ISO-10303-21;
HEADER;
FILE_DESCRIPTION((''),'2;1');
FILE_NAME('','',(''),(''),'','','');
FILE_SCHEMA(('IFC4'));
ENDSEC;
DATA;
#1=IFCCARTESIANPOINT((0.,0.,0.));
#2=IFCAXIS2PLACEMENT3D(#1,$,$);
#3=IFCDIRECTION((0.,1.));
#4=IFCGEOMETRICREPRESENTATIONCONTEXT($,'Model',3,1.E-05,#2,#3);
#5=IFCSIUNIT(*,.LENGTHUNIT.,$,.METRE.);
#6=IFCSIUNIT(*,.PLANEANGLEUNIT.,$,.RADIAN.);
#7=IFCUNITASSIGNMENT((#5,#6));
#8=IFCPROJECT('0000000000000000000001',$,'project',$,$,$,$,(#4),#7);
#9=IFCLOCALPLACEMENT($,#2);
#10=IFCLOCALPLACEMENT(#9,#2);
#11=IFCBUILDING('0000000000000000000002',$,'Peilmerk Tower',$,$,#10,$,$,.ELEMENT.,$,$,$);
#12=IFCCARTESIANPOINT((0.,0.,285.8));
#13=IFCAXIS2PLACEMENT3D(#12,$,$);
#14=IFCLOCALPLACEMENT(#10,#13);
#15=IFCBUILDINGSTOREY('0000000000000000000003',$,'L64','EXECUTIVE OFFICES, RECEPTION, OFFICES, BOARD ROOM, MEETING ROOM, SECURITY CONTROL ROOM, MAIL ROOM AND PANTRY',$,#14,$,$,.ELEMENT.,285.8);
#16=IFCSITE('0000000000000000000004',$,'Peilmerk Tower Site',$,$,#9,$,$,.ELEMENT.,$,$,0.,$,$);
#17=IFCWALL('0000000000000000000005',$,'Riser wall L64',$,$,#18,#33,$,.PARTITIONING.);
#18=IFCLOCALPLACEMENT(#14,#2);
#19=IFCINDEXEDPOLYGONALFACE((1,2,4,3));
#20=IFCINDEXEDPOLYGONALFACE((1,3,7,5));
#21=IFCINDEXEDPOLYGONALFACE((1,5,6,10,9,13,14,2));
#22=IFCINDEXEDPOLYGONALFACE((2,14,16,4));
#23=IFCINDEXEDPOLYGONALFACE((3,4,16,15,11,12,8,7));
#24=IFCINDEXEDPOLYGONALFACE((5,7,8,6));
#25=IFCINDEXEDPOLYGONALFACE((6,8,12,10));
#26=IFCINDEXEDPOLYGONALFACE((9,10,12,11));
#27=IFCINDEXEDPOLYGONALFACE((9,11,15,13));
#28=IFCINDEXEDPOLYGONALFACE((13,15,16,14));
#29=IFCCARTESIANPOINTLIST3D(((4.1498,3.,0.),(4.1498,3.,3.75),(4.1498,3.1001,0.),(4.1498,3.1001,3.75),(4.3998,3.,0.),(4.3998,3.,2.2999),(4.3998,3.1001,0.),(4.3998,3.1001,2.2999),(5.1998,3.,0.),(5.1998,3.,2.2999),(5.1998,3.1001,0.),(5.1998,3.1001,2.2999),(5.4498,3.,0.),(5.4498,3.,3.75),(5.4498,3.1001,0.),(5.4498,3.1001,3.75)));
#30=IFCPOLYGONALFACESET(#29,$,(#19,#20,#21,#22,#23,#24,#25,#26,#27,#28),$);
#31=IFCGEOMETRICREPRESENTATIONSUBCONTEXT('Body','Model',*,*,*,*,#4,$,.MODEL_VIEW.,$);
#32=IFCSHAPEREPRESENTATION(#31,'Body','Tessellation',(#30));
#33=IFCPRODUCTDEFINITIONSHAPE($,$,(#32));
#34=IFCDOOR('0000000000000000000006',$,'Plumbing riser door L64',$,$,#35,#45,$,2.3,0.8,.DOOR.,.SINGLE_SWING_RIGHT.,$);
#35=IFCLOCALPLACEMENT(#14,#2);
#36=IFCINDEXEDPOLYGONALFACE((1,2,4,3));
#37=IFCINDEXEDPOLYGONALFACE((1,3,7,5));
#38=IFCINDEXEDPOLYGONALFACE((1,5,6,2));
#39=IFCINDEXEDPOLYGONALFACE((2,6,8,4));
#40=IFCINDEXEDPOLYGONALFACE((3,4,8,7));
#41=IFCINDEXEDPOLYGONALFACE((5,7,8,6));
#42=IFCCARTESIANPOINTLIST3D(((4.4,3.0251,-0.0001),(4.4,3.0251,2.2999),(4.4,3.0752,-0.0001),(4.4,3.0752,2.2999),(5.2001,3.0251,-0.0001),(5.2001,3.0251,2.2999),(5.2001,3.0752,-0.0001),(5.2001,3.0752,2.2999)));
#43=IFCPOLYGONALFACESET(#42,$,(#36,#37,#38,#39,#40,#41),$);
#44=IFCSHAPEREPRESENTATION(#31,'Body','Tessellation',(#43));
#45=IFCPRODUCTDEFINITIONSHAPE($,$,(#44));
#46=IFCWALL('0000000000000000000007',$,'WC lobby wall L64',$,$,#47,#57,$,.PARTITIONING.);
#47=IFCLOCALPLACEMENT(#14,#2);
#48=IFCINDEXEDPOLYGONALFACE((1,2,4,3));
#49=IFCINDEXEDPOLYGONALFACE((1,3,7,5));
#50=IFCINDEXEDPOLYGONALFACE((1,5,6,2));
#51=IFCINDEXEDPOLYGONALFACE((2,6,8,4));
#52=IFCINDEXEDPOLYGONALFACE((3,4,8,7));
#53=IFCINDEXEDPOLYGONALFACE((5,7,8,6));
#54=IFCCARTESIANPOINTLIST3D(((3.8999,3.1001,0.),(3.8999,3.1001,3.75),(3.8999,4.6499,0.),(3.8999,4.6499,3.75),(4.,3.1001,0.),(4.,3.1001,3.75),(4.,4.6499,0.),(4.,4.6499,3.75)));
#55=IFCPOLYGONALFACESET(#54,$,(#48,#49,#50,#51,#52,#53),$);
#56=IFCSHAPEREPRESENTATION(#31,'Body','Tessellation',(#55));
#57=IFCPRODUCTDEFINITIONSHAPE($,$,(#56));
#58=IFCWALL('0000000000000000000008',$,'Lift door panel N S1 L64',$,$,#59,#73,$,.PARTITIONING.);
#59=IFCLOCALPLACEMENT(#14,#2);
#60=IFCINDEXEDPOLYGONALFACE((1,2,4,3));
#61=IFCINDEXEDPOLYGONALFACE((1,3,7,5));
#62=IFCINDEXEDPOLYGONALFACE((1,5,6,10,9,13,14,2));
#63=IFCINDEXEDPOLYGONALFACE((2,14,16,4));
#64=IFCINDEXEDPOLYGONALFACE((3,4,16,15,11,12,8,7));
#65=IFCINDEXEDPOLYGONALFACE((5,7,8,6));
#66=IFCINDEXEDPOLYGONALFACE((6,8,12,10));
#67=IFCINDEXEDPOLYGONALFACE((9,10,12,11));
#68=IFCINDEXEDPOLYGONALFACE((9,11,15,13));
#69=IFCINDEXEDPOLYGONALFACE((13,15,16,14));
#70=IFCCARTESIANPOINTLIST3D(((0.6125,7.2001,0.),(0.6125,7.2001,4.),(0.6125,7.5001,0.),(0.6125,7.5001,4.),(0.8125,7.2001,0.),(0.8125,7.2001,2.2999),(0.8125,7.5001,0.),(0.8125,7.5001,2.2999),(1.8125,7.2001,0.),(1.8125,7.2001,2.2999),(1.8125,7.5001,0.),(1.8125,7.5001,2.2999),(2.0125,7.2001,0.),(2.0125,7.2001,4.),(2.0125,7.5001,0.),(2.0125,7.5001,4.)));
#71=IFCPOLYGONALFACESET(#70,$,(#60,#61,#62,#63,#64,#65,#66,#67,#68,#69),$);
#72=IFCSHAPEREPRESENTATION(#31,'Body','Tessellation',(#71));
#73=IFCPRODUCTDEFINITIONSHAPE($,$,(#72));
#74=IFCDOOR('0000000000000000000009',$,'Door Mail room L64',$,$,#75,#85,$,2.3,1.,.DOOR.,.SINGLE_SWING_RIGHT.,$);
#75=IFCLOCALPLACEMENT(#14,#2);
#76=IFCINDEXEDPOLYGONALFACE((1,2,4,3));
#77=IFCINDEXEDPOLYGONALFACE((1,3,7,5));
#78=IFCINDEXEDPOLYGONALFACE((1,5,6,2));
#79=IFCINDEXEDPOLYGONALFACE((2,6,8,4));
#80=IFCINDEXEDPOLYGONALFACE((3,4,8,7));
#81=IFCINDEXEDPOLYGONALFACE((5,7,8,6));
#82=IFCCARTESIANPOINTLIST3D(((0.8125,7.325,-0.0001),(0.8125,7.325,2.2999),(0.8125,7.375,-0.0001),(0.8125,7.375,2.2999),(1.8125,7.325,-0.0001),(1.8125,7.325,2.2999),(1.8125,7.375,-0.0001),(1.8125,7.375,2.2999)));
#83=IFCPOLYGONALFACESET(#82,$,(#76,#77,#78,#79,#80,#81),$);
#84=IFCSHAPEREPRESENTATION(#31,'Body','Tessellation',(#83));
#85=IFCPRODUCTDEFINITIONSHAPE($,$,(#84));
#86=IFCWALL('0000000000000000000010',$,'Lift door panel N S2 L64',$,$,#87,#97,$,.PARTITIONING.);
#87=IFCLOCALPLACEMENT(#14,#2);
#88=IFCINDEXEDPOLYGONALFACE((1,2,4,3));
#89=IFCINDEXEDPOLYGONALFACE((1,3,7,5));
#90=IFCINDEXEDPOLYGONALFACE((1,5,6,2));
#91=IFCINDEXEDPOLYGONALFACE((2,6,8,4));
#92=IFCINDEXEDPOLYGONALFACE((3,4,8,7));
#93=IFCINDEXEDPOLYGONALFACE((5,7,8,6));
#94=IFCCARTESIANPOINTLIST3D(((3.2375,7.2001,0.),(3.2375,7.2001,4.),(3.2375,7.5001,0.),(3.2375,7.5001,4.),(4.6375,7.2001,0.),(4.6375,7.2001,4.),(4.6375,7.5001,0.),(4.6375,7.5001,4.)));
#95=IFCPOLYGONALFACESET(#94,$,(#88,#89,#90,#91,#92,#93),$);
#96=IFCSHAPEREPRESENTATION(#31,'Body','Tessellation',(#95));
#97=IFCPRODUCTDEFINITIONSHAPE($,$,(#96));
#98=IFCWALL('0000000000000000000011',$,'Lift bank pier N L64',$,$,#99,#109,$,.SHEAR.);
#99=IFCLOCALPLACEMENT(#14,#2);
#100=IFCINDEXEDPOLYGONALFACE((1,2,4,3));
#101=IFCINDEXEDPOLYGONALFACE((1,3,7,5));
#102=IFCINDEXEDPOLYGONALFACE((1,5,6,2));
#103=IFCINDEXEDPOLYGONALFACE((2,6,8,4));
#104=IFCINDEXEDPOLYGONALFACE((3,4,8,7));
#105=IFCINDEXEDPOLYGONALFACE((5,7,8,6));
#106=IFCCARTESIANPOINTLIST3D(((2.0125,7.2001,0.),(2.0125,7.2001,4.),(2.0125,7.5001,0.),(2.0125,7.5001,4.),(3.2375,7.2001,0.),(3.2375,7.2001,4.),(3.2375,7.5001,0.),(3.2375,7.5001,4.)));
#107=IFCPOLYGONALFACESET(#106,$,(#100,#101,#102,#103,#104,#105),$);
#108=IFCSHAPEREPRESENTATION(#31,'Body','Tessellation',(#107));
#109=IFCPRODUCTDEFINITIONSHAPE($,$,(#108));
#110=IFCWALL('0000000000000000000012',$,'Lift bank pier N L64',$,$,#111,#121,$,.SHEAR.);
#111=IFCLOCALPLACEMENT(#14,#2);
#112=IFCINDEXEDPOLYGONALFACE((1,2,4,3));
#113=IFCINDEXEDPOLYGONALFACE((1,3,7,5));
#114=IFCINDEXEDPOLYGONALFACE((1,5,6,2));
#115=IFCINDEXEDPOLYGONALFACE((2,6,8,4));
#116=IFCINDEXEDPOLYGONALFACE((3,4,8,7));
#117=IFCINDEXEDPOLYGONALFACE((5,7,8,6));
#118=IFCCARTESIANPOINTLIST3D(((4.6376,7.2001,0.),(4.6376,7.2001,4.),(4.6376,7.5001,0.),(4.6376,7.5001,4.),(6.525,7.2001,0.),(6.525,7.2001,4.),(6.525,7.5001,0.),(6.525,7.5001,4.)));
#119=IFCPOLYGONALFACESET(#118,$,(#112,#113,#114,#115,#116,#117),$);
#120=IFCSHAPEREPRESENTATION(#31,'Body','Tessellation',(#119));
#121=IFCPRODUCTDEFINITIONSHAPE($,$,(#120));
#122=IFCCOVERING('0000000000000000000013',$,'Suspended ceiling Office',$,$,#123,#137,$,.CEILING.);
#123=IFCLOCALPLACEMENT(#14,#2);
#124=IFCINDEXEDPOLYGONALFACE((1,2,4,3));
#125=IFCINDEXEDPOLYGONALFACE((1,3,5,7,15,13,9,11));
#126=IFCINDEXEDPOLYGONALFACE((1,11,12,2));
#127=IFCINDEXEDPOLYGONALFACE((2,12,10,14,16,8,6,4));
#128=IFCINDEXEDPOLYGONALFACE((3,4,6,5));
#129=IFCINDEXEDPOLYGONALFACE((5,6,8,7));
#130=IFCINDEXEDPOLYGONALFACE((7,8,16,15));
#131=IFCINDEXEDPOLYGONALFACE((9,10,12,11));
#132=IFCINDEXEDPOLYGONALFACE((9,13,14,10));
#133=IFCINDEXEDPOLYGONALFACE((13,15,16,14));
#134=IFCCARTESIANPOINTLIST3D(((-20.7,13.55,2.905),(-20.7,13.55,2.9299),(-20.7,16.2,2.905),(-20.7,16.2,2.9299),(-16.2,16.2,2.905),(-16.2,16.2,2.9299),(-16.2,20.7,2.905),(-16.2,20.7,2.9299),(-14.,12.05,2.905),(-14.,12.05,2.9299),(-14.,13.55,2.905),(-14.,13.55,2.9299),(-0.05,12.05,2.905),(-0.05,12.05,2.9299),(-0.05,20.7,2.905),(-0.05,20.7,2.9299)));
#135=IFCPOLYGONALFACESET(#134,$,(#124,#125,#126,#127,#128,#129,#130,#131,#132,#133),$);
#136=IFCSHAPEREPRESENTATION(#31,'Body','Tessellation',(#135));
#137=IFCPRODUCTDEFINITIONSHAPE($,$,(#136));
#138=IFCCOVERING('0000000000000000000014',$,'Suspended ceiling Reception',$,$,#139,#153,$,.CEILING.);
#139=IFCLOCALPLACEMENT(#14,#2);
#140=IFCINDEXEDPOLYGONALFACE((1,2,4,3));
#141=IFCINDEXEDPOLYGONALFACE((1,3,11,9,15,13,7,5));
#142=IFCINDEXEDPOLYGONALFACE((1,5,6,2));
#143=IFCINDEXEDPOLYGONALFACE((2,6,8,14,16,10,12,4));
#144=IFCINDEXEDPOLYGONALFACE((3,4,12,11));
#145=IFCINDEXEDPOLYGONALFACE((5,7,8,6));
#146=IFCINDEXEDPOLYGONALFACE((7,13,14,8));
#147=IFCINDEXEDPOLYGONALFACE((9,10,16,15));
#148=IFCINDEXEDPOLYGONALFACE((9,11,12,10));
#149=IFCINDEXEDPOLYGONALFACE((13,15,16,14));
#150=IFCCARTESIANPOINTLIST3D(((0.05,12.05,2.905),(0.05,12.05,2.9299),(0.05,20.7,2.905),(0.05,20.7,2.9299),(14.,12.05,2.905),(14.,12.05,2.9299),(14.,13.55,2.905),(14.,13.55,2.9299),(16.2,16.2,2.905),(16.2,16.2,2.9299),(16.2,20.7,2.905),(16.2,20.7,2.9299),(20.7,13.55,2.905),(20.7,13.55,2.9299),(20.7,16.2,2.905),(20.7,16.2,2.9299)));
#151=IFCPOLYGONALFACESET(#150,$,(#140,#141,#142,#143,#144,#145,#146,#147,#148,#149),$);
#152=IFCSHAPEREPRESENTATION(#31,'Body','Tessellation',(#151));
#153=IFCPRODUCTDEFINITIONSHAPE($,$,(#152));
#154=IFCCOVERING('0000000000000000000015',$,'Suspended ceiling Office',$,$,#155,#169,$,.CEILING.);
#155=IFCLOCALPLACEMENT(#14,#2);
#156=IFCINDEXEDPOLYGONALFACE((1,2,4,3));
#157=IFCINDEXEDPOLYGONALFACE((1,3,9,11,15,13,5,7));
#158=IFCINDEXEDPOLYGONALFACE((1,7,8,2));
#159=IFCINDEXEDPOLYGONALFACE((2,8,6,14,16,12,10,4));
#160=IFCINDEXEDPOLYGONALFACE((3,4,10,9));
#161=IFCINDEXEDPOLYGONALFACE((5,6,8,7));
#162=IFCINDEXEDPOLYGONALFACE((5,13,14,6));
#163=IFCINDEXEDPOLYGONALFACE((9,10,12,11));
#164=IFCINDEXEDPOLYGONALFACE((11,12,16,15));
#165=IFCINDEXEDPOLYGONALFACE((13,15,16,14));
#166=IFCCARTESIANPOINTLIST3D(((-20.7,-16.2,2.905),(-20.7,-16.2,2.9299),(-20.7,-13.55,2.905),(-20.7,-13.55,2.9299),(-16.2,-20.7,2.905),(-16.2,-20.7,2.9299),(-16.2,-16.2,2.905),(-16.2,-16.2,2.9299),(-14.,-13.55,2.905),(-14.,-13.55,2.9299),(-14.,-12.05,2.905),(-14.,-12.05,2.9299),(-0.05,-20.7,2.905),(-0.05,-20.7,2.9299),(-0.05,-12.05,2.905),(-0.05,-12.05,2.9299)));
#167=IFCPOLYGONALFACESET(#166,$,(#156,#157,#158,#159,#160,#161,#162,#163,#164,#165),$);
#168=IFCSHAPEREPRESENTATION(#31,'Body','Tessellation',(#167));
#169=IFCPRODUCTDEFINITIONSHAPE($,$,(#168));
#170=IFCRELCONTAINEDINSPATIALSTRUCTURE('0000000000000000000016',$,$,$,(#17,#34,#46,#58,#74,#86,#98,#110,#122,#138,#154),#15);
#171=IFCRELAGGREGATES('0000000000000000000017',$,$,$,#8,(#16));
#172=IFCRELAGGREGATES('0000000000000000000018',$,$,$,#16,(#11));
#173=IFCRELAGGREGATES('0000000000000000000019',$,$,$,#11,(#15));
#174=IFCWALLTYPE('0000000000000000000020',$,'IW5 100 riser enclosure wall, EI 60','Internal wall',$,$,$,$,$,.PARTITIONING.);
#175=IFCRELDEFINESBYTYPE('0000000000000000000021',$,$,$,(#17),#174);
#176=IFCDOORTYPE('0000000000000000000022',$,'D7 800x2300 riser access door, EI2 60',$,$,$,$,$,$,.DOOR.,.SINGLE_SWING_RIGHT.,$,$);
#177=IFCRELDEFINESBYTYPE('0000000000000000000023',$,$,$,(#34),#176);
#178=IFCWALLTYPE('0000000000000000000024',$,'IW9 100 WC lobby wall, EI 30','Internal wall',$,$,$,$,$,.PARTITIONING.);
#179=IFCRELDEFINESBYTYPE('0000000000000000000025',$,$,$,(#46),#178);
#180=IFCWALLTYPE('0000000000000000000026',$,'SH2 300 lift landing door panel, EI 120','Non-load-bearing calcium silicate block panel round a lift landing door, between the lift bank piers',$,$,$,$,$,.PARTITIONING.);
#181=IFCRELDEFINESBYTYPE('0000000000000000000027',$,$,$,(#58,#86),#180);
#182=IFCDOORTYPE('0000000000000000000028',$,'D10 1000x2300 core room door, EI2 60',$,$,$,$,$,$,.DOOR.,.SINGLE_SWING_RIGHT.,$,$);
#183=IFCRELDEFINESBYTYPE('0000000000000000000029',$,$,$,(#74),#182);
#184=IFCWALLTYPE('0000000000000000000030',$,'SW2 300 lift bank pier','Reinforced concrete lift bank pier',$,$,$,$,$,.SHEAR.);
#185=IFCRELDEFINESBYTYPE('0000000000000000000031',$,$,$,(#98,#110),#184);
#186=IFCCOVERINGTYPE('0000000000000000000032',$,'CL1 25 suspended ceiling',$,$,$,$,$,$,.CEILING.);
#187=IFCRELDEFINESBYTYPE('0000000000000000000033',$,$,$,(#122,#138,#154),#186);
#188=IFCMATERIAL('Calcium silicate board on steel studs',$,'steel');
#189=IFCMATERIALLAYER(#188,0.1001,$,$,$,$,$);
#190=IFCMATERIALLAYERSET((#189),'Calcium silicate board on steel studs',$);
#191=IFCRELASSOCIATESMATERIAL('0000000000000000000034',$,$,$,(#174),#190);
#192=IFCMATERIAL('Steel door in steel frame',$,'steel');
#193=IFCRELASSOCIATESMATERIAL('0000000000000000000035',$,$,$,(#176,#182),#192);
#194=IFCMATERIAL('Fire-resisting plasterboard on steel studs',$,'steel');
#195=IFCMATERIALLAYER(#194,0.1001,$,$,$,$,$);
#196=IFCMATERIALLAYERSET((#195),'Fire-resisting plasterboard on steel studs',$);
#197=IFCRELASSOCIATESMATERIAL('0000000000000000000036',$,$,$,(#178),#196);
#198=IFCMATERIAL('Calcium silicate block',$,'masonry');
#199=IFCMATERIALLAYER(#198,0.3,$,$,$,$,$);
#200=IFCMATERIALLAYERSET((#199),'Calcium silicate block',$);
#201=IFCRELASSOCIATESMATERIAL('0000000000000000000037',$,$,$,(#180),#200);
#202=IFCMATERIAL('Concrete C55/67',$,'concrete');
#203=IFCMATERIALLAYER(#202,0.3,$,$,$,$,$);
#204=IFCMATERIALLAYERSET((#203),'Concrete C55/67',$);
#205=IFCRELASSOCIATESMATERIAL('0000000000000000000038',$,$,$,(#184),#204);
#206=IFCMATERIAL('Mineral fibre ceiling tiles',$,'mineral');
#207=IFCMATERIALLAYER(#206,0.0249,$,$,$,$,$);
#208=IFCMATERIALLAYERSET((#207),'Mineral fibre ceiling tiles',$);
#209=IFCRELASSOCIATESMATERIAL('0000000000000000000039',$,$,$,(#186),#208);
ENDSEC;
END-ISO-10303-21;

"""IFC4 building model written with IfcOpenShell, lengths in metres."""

from ifc_helpers import new_model, si_unit, direction, frame, frame_2d, origin, place, context, subcontext, project, spatial, polyline, rectangle, outline, extrude, material, layer, layer_set, type_object, element, fill, save


model = new_model("IFC4")

# Units and contexts
model_context = context("Model", 3, precision=1e-05, world=origin(), true_north=direction((0.0, 1.0)))
body_context = subcontext(model_context, "Body", "Model", "MODEL_VIEW")
ifc_project = project(units=[si_unit("LENGTHUNIT", "METRE"), si_unit("PLANEANGLEUNIT", "RADIAN")], contexts=[model_context])

# Site, building, storey
site_placement = place(None, origin())
site = spatial("IfcSite", under=ifc_project, at=site_placement, Name="Peilmerk Tower Site", CompositionType="ELEMENT", RefElevation=0.0)
building_placement = place(site_placement, origin())
building = spatial("IfcBuilding", under=site, at=building_placement, Name="Peilmerk Tower", CompositionType="ELEMENT")
storey_placement = place(building_placement, frame((0.0, 0.0, 285.8)))
storey = spatial("IfcBuildingStorey", under=building, at=storey_placement, Name="L64", Description="EXECUTIVE OFFICES, RECEPTION, OFFICES, BOARD ROOM, MEETING ROOM, SECURITY CONTROL ROOM, MAIL ROOM AND PANTRY", CompositionType="ELEMENT", Elevation=285.8)

# Wall, opening, door
ifc_material_1 = material(Name="Calcium silicate board on steel studs", Category="steel")
ifc_layer_1 = layer(ifc_material_1, 0.1001)
ifc_layer_set_1 = layer_set([ifc_layer_1], Name="Calcium silicate board on steel studs")
wall_type_1 = type_object("IfcWallType", Name="IW5 100 riser enclosure wall, EI 60", Description="Internal wall", PredefinedType="PARTITIONING", material=ifc_layer_set_1)
wall_1_placement = place(storey_placement, frame((4.1499, 3.05, 0.0), z_axis=(0.0, 0.0, 1.0), x_axis=(1.0, 0.0, 0.0)))
wall_1 = element("IfcWall", 1, at=wall_1_placement, inside=storey, type_object=wall_type_1, Name="Riser wall L64", PredefinedType="PARTITIONING", context=body_context, shape_type="SweptSolid", body=[
    extrude(rectangle(XDim=1.3, YDim=0.1001, at=frame_2d((0.6499, 0.0))), origin(), (0.0, 0.0, 1.0), 3.75),
])
opening_1_placement = place(wall_1_placement, frame((0.25, 0.0, 0.0)))
opening_1 = element("IfcOpeningElement", 2, at=opening_1_placement, cuts=wall_1, PredefinedType="OPENING", context=body_context, shape_type="SweptSolid", body=[
    extrude(rectangle(XDim=0.8, YDim=2.3, at=frame_2d((0.3999, 1.1499))), frame((0.0, 0.0601, 0.0), z_axis=(0.0, -1.0, 0.0), x_axis=(1.0, 0.0, 0.0)), (0.0, 0.0, 1.0), 0.1201),
])
ifc_material_2 = material(Name="Steel door in steel frame", Category="steel")
door_type_1 = type_object("IfcDoorType", Name="D7 800x2300 riser access door, EI2 60", OperationType="SINGLE_SWING_RIGHT", PredefinedType="DOOR", material=ifc_material_2)
door_1_placement = place(opening_1_placement, frame((0.8, 0.0, 0.0), z_axis=(0.0, 0.0, 1.0), x_axis=(-1.0, 0.0, 0.0)))
door_1 = element("IfcDoor", 3, at=door_1_placement, inside=storey, type_object=door_type_1, Name="Plumbing riser door L64", OperationType="SINGLE_SWING_RIGHT", OverallHeight=2.3, OverallWidth=0.8, PredefinedType="DOOR", context=body_context, shape_type="SweptSolid", body=[
    extrude(rectangle(XDim=0.8, YDim=2.3, at=frame_2d((0.3999, 1.1499))), frame((0.0, 0.0249, 0.0), z_axis=(0.0, -1.0, 0.0), x_axis=(1.0, 0.0, 0.0)), (0.0, 0.0, 1.0), 0.05),
])
fill(opening_1, door_1)

# Wall
ifc_material_3 = material(Name="Fire-resisting plasterboard on steel studs", Category="steel")
ifc_layer_2 = layer(ifc_material_3, 0.1001)
ifc_layer_set_2 = layer_set([ifc_layer_2], Name="Fire-resisting plasterboard on steel studs")
wall_type_2 = type_object("IfcWallType", Name="IW9 100 WC lobby wall, EI 30", Description="Internal wall", PredefinedType="PARTITIONING", material=ifc_layer_set_2)
wall_2_placement = place(storey_placement, frame((3.95, 3.1001, 0.0), z_axis=(0.0, 0.0, 1.0), x_axis=(0.0, 1.0, 0.0)))
element("IfcWall", 4, at=wall_2_placement, inside=storey, type_object=wall_type_2, Name="WC lobby wall L64", PredefinedType="PARTITIONING", context=body_context, shape_type="SweptSolid", body=[
    extrude(rectangle(XDim=1.5498, YDim=0.1001, at=frame_2d((0.7749, 0.0))), origin(), (0.0, 0.0, 1.0), 3.75),
])

# Wall, opening, door
ifc_material_4 = material(Name="Calcium silicate block", Category="masonry")
ifc_layer_3 = layer(ifc_material_4, 0.3)
ifc_layer_set_3 = layer_set([ifc_layer_3], Name="Calcium silicate block")
wall_type_3 = type_object("IfcWallType", Name="SH2 300 lift landing door panel, EI 120", Description="Non-load-bearing calcium silicate block panel round a lift landing door, between the lift bank piers", PredefinedType="PARTITIONING", material=ifc_layer_set_3)
wall_3_placement = place(storey_placement, frame((0.6125, 7.3501, 0.0), z_axis=(0.0, 0.0, 1.0), x_axis=(1.0, 0.0, 0.0)))
wall_3 = element("IfcWall", 5, at=wall_3_placement, inside=storey, type_object=wall_type_3, Name="Lift door panel N S1 L64", PredefinedType="PARTITIONING", context=body_context, shape_type="SweptSolid", body=[
    extrude(rectangle(XDim=1.3999, YDim=0.3, at=frame_2d((0.7, 0.0))), origin(), (0.0, 0.0, 1.0), 4.0),
])
opening_2_placement = place(wall_3_placement, frame((0.2, 0.0, 0.0)))
opening_2 = element("IfcOpeningElement", 6, at=opening_2_placement, cuts=wall_3, PredefinedType="OPENING", context=body_context, shape_type="SweptSolid", body=[
    extrude(rectangle(XDim=1.0, YDim=2.3, at=frame_2d((0.5, 1.1499))), frame((0.0, 0.1599, 0.0), z_axis=(0.0, -1.0, 0.0), x_axis=(1.0, 0.0, 0.0)), (0.0, 0.0, 1.0), 0.3201),
])
door_type_2 = type_object("IfcDoorType", Name="D10 1000x2300 core room door, EI2 60", OperationType="SINGLE_SWING_RIGHT", PredefinedType="DOOR", material=ifc_material_2)
door_2_placement = place(opening_2_placement, origin())
door_2 = element("IfcDoor", 7, at=door_2_placement, inside=storey, type_object=door_type_2, Name="Door Mail room L64", OperationType="SINGLE_SWING_RIGHT", OverallHeight=2.3, OverallWidth=1.0, PredefinedType="DOOR", context=body_context, shape_type="SweptSolid", body=[
    extrude(rectangle(XDim=1.0, YDim=2.3, at=frame_2d((0.5, 1.1499))), frame((0.0, 0.0249, 0.0), z_axis=(0.0, -1.0, 0.0), x_axis=(1.0, 0.0, 0.0)), (0.0, 0.0, 1.0), 0.05),
])
fill(opening_2, door_2)

# Walls
wall_4_placement = place(storey_placement, frame((3.2375, 7.3501, 0.0), z_axis=(0.0, 0.0, 1.0), x_axis=(1.0, 0.0, 0.0)))
element("IfcWall", 8, at=wall_4_placement, inside=storey, type_object=wall_type_3, Name="Lift door panel N S2 L64", PredefinedType="PARTITIONING", context=body_context, shape_type="SweptSolid", body=[
    extrude(rectangle(XDim=1.3999, YDim=0.3, at=frame_2d((0.7, 0.0))), origin(), (0.0, 0.0, 1.0), 4.0),
])
ifc_material_5 = material(Name="Concrete C55/67", Category="concrete")
ifc_layer_4 = layer(ifc_material_5, 0.3)
ifc_layer_set_4 = layer_set([ifc_layer_4], Name="Concrete C55/67")
wall_type_4 = type_object("IfcWallType", Name="SW2 300 lift bank pier", Description="Reinforced concrete lift bank pier", PredefinedType="SHEAR", material=ifc_layer_set_4)
wall_5_placement = place(storey_placement, frame((2.0125, 7.3501, 0.0), z_axis=(0.0, 0.0, 1.0), x_axis=(1.0, 0.0, 0.0)))
element("IfcWall", 9, at=wall_5_placement, inside=storey, type_object=wall_type_4, Name="Lift bank pier N L64", PredefinedType="SHEAR", context=body_context, shape_type="SweptSolid", body=[
    extrude(rectangle(XDim=1.2251, YDim=0.3, at=frame_2d((0.6125, 0.0))), origin(), (0.0, 0.0, 1.0), 4.0),
])
wall_6_placement = place(storey_placement, frame((4.6375, 7.3501, 0.0), z_axis=(0.0, 0.0, 1.0), x_axis=(1.0, 0.0, 0.0)))
element("IfcWall", 10, at=wall_6_placement, inside=storey, type_object=wall_type_4, Name="Lift bank pier N L64", PredefinedType="SHEAR", context=body_context, shape_type="SweptSolid", body=[
    extrude(rectangle(XDim=1.8875, YDim=0.3, at=frame_2d((0.9438, 0.0))), origin(), (0.0, 0.0, 1.0), 4.0),
])

# Coverings
ifc_material_6 = material(Name="Mineral fibre ceiling tiles", Category="mineral")
ifc_layer_5 = layer(ifc_material_6, 0.0249)
ifc_layer_set_5 = layer_set([ifc_layer_5], Name="Mineral fibre ceiling tiles")
covering_type = type_object("IfcCoveringType", Name="CL1 25 suspended ceiling", PredefinedType="CEILING", material=ifc_layer_set_5)
covering_1_placement = place(storey_placement, frame((0.0, 0.0, 2.905)))
element("IfcCovering", 11, at=covering_1_placement, inside=storey, type_object=covering_type, Name="Suspended ceiling Office", PredefinedType="CEILING", context=body_context, shape_type="SweptSolid", body=[
    extrude(outline(polyline([(-20.7, 16.2), (-20.7, 13.55), (-14.0, 13.55), (-14.0, 12.05), (-0.05, 12.05), (-0.05, 20.7), (-16.2, 20.7), (-16.2, 16.2), (-20.7, 16.2)])), origin(), (0.0, 0.0, 1.0), 0.0249),
])
covering_2_placement = place(storey_placement, frame((0.0, 0.0, 2.905)))
element("IfcCovering", 12, at=covering_2_placement, inside=storey, type_object=covering_type, Name="Suspended ceiling Reception", PredefinedType="CEILING", context=body_context, shape_type="SweptSolid", body=[
    extrude(outline(polyline([(16.2, 20.7), (0.05, 20.7), (0.05, 12.05), (14.0, 12.05), (14.0, 13.55), (20.7, 13.55), (20.7, 16.2), (16.2, 16.2), (16.2, 20.7)])), origin(), (0.0, 0.0, 1.0), 0.0249),
])
covering_3_placement = place(storey_placement, frame((0.0, 0.0, 2.905)))
element("IfcCovering", 13, at=covering_3_placement, inside=storey, type_object=covering_type, Name="Suspended ceiling Office", PredefinedType="CEILING", context=body_context, shape_type="SweptSolid", body=[
    extrude(outline(polyline([(-16.2, -20.7), (-0.05, -20.7), (-0.05, -12.05), (-14.0, -12.05), (-14.0, -13.55), (-20.7, -13.55), (-20.7, -16.2), (-16.2, -16.2), (-16.2, -20.7)])), origin(), (0.0, 0.0, 1.0), 0.0249),
])

save(model, "model.ifc")
